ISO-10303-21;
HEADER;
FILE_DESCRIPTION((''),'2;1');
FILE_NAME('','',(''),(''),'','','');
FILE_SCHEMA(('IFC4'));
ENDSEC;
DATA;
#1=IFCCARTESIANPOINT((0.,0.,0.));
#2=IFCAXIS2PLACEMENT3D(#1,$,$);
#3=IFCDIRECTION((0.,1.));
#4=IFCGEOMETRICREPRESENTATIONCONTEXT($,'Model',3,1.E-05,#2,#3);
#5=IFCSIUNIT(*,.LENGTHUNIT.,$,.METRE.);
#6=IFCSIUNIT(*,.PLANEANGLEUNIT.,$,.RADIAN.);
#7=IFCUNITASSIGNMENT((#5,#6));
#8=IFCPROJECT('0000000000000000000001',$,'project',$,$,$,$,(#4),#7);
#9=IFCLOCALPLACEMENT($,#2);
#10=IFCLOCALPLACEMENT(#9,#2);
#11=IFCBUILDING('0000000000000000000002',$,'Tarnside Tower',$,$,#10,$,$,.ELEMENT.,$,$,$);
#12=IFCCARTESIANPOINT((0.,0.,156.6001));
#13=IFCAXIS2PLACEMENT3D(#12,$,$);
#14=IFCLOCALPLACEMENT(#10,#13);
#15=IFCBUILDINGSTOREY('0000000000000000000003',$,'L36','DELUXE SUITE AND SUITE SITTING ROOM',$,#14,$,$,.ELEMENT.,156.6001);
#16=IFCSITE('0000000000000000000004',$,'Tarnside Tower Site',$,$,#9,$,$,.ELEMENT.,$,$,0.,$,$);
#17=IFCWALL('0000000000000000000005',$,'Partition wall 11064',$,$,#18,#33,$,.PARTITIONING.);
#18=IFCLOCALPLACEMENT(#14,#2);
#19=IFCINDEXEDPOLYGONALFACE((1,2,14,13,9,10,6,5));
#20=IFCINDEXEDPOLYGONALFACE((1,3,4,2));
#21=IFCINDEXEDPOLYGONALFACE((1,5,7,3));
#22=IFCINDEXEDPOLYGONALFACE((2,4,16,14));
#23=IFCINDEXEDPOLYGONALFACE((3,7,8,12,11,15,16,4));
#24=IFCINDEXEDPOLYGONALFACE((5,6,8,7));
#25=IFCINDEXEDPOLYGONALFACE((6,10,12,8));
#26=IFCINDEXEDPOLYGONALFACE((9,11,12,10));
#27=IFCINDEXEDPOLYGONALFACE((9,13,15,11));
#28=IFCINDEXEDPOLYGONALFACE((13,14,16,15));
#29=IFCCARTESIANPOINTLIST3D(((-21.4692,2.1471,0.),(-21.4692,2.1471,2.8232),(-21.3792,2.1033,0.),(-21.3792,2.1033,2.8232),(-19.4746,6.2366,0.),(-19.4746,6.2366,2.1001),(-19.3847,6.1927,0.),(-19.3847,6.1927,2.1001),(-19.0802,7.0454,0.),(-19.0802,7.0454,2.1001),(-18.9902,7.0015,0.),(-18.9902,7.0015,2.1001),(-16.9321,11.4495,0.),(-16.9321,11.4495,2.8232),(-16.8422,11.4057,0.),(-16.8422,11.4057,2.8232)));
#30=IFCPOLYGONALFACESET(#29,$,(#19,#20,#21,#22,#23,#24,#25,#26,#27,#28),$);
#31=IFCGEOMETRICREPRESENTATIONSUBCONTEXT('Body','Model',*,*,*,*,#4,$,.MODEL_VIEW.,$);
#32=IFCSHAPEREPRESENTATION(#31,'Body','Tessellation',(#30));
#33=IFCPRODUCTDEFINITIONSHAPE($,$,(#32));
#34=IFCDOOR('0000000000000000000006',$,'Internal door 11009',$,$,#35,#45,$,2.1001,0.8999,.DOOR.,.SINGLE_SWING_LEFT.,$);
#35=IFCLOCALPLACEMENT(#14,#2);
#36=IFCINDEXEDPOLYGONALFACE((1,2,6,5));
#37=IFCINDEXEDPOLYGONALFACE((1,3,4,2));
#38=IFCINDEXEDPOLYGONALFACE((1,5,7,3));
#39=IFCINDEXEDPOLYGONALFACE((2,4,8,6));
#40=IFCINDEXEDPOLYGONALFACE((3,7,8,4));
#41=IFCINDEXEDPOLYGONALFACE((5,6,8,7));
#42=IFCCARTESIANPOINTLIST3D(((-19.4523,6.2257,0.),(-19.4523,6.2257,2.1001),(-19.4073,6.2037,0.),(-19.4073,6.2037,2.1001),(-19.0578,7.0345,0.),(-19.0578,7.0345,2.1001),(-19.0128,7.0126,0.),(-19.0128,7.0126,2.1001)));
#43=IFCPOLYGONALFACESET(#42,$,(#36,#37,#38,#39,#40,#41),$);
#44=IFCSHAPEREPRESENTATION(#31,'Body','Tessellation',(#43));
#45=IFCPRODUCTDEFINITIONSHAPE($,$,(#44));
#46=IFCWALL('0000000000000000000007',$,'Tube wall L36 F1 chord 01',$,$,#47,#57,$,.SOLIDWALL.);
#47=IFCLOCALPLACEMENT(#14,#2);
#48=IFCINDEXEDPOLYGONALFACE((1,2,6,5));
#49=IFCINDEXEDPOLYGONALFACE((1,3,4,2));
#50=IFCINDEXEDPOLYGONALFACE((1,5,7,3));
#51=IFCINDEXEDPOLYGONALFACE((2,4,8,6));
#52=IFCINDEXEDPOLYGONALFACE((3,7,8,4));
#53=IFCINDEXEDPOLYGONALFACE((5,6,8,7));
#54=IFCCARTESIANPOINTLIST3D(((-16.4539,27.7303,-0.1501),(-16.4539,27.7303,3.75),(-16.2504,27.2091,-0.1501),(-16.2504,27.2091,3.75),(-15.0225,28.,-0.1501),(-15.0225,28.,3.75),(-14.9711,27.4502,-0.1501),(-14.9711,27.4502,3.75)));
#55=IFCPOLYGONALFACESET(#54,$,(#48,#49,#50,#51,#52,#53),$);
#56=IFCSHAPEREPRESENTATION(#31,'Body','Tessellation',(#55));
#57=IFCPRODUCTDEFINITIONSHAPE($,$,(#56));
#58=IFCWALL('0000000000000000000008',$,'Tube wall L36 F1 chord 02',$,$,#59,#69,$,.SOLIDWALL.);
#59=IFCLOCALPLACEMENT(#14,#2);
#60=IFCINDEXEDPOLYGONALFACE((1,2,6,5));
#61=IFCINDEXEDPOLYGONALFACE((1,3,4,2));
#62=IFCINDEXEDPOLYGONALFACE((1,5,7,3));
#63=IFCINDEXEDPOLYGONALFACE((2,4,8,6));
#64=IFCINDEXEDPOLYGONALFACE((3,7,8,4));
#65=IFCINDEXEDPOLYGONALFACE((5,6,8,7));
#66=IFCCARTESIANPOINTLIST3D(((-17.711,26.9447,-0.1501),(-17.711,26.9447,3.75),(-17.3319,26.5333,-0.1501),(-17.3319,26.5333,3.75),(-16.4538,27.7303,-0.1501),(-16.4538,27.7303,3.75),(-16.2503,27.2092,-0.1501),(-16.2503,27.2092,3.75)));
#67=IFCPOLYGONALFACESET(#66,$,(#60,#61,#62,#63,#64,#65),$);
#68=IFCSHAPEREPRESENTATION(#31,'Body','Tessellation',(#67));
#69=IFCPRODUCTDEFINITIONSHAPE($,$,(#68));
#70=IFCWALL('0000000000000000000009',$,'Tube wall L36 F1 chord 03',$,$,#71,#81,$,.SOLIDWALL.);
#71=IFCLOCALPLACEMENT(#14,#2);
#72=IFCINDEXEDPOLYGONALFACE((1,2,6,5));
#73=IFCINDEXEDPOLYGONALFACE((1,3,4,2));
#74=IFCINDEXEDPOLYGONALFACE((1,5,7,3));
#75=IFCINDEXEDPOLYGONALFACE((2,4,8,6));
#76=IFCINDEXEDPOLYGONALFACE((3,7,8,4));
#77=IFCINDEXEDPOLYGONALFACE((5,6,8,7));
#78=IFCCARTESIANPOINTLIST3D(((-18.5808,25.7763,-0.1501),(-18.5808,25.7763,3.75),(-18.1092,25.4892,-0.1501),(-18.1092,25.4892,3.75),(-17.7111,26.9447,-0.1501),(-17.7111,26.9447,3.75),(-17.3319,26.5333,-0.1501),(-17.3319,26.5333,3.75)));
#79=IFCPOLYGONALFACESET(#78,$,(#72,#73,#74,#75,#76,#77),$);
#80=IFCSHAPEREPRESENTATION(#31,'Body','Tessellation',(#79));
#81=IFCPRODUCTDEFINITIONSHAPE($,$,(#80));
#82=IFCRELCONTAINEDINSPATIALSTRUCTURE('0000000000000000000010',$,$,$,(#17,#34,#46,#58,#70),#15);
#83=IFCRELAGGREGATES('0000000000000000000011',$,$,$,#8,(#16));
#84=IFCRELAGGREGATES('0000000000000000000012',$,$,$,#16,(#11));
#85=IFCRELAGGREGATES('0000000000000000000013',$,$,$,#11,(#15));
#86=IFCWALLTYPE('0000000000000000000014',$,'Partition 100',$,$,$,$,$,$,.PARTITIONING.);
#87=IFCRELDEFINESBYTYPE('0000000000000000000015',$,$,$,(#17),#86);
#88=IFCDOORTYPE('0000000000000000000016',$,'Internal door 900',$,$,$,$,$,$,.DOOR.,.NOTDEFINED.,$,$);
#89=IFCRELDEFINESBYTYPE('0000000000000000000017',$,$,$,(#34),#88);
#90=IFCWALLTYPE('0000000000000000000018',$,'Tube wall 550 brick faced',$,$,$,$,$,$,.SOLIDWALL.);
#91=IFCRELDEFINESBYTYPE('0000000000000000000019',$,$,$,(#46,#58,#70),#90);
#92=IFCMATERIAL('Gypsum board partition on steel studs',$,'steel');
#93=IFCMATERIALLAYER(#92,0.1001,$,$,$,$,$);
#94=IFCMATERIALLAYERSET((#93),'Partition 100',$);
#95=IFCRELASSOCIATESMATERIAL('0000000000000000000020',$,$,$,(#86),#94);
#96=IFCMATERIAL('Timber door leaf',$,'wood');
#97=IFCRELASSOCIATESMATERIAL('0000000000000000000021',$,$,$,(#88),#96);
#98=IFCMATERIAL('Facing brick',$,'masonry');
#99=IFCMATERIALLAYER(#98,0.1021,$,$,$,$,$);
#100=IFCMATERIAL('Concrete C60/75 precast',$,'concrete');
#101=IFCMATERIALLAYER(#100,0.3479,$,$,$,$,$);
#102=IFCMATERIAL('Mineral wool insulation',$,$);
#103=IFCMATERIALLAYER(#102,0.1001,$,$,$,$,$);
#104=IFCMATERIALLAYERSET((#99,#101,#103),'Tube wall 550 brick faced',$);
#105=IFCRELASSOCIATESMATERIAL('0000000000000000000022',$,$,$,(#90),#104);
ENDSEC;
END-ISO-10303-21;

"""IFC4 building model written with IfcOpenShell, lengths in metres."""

from ifc_helpers import new_model, si_unit, direction, frame, frame_2d, origin, place, context, subcontext, project, spatial, polyline, rectangle, outline, extrude, material, layer, layer_set, type_object, element, fill, save


model = new_model("IFC4")

# Units and contexts
model_context = context("Model", 3, precision=1e-05, world=origin(), true_north=direction((0.0, 1.0)))
body_context = subcontext(model_context, "Body", "Model", "MODEL_VIEW")
ifc_project = project(units=[si_unit("LENGTHUNIT", "METRE"), si_unit("PLANEANGLEUNIT", "RADIAN")], contexts=[model_context])

# Site, building, storey
site_placement = place(None, origin())
site = spatial("IfcSite", under=ifc_project, at=site_placement, Name="Tarnside Tower Site", CompositionType="ELEMENT", RefElevation=0.0)
building_placement = place(site_placement, origin())
building = spatial("IfcBuilding", under=site, at=building_placement, Name="Tarnside Tower", CompositionType="ELEMENT")
storey_placement = place(building_placement, frame((0.0, 0.0, 156.6001)))
storey = spatial("IfcBuildingStorey", under=building, at=storey_placement, Name="L36", Description="DELUXE SUITE AND SUITE SITTING ROOM", CompositionType="ELEMENT", Elevation=156.6001)

# Shared definitions
ifc_material_1 = material(Name="Gypsum board partition on steel studs", Category="steel")
ifc_layer_1 = layer(ifc_material_1, 0.1001)
ifc_layer_set_1 = layer_set([ifc_layer_1], Name="Partition 100")
wall_type_1 = type_object("IfcWallType", Name="Partition 100", PredefinedType="PARTITIONING", material=ifc_layer_set_1)

# Wall, opening, door
wall_1_placement = place(storey_placement, frame((-16.8872, 11.4275, 0.0), z_axis=(0.0, 0.0, 1.0), x_axis=(-0.43837, -0.898795, 0.0)))
wall_1 = element("IfcWall", 1, at=wall_1_placement, inside=storey, type_object=wall_type_1, Name="Partition wall 11064", PredefinedType="PARTITIONING", context=body_context, shape_type="SweptSolid", body=[
    extrude(rectangle(XDim=10.3499, YDim=0.1001, at=frame_2d((5.1748, 0.0))), origin(), (0.0, 0.0, 1.0), 2.8232),
])
opening_1_placement = place(wall_1_placement, frame((4.8999, 0.0, 0.0)))
opening_1 = element("IfcOpeningElement", 2, at=opening_1_placement, cuts=wall_1, PredefinedType="OPENING", context=body_context, shape_type="SweptSolid", body=[
    extrude(rectangle(XDim=0.8999, YDim=2.1001, at=frame_2d((0.45, 1.05))), frame((0.0, 0.0601, 0.0), z_axis=(0.0, -1.0, 0.0), x_axis=(1.0, 0.0, 0.0)), (0.0, 0.0, 1.0), 0.1201),
])
ifc_material_2 = material(Name="Timber door leaf", Category="wood")
door_type = type_object("IfcDoorType", Name="Internal door 900", OperationType="NOTDEFINED", PredefinedType="DOOR", material=ifc_material_2)
door_placement = place(opening_1_placement, origin())
door = element("IfcDoor", 3, at=door_placement, inside=storey, type_object=door_type, Name="Internal door 11009", OperationType="SINGLE_SWING_LEFT", OverallHeight=2.1001, OverallWidth=0.8999, PredefinedType="DOOR", context=body_context, shape_type="SweptSolid", body=[
    extrude(rectangle(XDim=0.8999, YDim=2.1001, at=frame_2d((0.45, 1.05))), frame((0.0, 0.0249, 0.0), z_axis=(0.0, -1.0, 0.0), x_axis=(1.0, 0.0, 0.0)), (0.0, 0.0, 1.0), 0.05),
])
fill(opening_1, door)

# Walls
ifc_material_3 = material(Name="Facing brick", Category="masonry")
ifc_layer_2 = layer(ifc_material_3, 0.1021)
ifc_material_4 = material(Name="Concrete C60/75 precast", Category="concrete")
ifc_layer_3 = layer(ifc_material_4, 0.3479)
ifc_material_5 = material(Name="Mineral wool insulation")
ifc_layer_4 = layer(ifc_material_5, 0.1001)
ifc_layer_set_2 = layer_set([ifc_layer_2, ifc_layer_3, ifc_layer_4], Name="Tube wall 550 brick faced")
wall_type_2 = type_object("IfcWallType", Name="Tube wall 550 brick faced", PredefinedType="SOLIDWALL", material=ifc_layer_set_2)
wall_2_placement = place(storey_placement, frame((-14.9968, 27.7251, -0.1501), z_axis=(0.0, 0.0, 1.0), x_axis=(-0.982705, -0.185176, 0.0)))
element("IfcWall", 4, at=wall_2_placement, inside=storey, type_object=wall_type_2, Name="Tube wall L36 F1 chord 01", PredefinedType="SOLIDWALL", context=body_context, shape_type="SweptSolid", body=[
    extrude(outline(polyline([(-0.0256, -0.2749), (1.4309, -0.2749), (1.3274, 0.2749), (0.0256, 0.2749), (-0.0256, -0.2749)])), origin(), (0.0, 0.0, 1.0), 3.9001),
])
wall_3_placement = place(storey_placement, frame((-16.3521, 27.4697, -0.1501), z_axis=(0.0, 0.0, 1.0), x_axis=(-0.848058, -0.529903, 0.0)))
element("IfcWall", 5, at=wall_3_placement, inside=storey, type_object=wall_type_2, Name="Tube wall L36 F1 chord 02", PredefinedType="SOLIDWALL", context=body_context, shape_type="SweptSolid", body=[
    extrude(outline(polyline([(-0.0518, -0.2749), (1.4307, -0.2749), (1.3271, 0.2749), (0.0518, 0.2749), (-0.0518, -0.2749)])), origin(), (0.0, 0.0, 1.0), 3.9001),
])
wall_4_placement = place(storey_placement, frame((-17.5215, 26.739, -0.1501), z_axis=(0.0, 0.0, 1.0), x_axis=(-0.597135, -0.802141, 0.0)))
element("IfcWall", 6, at=wall_4_placement, inside=storey, type_object=wall_type_2, Name="Tube wall L36 F1 chord 03", PredefinedType="SOLIDWALL", context=body_context, shape_type="SweptSolid", body=[
    extrude(outline(polyline([(-0.0518, -0.2749), (1.4048, -0.2749), (1.3535, 0.2749), (0.0518, 0.2749), (-0.0518, -0.2749)])), origin(), (0.0, 0.0, 1.0), 3.9001),
])

save(model, "model.ifc")
